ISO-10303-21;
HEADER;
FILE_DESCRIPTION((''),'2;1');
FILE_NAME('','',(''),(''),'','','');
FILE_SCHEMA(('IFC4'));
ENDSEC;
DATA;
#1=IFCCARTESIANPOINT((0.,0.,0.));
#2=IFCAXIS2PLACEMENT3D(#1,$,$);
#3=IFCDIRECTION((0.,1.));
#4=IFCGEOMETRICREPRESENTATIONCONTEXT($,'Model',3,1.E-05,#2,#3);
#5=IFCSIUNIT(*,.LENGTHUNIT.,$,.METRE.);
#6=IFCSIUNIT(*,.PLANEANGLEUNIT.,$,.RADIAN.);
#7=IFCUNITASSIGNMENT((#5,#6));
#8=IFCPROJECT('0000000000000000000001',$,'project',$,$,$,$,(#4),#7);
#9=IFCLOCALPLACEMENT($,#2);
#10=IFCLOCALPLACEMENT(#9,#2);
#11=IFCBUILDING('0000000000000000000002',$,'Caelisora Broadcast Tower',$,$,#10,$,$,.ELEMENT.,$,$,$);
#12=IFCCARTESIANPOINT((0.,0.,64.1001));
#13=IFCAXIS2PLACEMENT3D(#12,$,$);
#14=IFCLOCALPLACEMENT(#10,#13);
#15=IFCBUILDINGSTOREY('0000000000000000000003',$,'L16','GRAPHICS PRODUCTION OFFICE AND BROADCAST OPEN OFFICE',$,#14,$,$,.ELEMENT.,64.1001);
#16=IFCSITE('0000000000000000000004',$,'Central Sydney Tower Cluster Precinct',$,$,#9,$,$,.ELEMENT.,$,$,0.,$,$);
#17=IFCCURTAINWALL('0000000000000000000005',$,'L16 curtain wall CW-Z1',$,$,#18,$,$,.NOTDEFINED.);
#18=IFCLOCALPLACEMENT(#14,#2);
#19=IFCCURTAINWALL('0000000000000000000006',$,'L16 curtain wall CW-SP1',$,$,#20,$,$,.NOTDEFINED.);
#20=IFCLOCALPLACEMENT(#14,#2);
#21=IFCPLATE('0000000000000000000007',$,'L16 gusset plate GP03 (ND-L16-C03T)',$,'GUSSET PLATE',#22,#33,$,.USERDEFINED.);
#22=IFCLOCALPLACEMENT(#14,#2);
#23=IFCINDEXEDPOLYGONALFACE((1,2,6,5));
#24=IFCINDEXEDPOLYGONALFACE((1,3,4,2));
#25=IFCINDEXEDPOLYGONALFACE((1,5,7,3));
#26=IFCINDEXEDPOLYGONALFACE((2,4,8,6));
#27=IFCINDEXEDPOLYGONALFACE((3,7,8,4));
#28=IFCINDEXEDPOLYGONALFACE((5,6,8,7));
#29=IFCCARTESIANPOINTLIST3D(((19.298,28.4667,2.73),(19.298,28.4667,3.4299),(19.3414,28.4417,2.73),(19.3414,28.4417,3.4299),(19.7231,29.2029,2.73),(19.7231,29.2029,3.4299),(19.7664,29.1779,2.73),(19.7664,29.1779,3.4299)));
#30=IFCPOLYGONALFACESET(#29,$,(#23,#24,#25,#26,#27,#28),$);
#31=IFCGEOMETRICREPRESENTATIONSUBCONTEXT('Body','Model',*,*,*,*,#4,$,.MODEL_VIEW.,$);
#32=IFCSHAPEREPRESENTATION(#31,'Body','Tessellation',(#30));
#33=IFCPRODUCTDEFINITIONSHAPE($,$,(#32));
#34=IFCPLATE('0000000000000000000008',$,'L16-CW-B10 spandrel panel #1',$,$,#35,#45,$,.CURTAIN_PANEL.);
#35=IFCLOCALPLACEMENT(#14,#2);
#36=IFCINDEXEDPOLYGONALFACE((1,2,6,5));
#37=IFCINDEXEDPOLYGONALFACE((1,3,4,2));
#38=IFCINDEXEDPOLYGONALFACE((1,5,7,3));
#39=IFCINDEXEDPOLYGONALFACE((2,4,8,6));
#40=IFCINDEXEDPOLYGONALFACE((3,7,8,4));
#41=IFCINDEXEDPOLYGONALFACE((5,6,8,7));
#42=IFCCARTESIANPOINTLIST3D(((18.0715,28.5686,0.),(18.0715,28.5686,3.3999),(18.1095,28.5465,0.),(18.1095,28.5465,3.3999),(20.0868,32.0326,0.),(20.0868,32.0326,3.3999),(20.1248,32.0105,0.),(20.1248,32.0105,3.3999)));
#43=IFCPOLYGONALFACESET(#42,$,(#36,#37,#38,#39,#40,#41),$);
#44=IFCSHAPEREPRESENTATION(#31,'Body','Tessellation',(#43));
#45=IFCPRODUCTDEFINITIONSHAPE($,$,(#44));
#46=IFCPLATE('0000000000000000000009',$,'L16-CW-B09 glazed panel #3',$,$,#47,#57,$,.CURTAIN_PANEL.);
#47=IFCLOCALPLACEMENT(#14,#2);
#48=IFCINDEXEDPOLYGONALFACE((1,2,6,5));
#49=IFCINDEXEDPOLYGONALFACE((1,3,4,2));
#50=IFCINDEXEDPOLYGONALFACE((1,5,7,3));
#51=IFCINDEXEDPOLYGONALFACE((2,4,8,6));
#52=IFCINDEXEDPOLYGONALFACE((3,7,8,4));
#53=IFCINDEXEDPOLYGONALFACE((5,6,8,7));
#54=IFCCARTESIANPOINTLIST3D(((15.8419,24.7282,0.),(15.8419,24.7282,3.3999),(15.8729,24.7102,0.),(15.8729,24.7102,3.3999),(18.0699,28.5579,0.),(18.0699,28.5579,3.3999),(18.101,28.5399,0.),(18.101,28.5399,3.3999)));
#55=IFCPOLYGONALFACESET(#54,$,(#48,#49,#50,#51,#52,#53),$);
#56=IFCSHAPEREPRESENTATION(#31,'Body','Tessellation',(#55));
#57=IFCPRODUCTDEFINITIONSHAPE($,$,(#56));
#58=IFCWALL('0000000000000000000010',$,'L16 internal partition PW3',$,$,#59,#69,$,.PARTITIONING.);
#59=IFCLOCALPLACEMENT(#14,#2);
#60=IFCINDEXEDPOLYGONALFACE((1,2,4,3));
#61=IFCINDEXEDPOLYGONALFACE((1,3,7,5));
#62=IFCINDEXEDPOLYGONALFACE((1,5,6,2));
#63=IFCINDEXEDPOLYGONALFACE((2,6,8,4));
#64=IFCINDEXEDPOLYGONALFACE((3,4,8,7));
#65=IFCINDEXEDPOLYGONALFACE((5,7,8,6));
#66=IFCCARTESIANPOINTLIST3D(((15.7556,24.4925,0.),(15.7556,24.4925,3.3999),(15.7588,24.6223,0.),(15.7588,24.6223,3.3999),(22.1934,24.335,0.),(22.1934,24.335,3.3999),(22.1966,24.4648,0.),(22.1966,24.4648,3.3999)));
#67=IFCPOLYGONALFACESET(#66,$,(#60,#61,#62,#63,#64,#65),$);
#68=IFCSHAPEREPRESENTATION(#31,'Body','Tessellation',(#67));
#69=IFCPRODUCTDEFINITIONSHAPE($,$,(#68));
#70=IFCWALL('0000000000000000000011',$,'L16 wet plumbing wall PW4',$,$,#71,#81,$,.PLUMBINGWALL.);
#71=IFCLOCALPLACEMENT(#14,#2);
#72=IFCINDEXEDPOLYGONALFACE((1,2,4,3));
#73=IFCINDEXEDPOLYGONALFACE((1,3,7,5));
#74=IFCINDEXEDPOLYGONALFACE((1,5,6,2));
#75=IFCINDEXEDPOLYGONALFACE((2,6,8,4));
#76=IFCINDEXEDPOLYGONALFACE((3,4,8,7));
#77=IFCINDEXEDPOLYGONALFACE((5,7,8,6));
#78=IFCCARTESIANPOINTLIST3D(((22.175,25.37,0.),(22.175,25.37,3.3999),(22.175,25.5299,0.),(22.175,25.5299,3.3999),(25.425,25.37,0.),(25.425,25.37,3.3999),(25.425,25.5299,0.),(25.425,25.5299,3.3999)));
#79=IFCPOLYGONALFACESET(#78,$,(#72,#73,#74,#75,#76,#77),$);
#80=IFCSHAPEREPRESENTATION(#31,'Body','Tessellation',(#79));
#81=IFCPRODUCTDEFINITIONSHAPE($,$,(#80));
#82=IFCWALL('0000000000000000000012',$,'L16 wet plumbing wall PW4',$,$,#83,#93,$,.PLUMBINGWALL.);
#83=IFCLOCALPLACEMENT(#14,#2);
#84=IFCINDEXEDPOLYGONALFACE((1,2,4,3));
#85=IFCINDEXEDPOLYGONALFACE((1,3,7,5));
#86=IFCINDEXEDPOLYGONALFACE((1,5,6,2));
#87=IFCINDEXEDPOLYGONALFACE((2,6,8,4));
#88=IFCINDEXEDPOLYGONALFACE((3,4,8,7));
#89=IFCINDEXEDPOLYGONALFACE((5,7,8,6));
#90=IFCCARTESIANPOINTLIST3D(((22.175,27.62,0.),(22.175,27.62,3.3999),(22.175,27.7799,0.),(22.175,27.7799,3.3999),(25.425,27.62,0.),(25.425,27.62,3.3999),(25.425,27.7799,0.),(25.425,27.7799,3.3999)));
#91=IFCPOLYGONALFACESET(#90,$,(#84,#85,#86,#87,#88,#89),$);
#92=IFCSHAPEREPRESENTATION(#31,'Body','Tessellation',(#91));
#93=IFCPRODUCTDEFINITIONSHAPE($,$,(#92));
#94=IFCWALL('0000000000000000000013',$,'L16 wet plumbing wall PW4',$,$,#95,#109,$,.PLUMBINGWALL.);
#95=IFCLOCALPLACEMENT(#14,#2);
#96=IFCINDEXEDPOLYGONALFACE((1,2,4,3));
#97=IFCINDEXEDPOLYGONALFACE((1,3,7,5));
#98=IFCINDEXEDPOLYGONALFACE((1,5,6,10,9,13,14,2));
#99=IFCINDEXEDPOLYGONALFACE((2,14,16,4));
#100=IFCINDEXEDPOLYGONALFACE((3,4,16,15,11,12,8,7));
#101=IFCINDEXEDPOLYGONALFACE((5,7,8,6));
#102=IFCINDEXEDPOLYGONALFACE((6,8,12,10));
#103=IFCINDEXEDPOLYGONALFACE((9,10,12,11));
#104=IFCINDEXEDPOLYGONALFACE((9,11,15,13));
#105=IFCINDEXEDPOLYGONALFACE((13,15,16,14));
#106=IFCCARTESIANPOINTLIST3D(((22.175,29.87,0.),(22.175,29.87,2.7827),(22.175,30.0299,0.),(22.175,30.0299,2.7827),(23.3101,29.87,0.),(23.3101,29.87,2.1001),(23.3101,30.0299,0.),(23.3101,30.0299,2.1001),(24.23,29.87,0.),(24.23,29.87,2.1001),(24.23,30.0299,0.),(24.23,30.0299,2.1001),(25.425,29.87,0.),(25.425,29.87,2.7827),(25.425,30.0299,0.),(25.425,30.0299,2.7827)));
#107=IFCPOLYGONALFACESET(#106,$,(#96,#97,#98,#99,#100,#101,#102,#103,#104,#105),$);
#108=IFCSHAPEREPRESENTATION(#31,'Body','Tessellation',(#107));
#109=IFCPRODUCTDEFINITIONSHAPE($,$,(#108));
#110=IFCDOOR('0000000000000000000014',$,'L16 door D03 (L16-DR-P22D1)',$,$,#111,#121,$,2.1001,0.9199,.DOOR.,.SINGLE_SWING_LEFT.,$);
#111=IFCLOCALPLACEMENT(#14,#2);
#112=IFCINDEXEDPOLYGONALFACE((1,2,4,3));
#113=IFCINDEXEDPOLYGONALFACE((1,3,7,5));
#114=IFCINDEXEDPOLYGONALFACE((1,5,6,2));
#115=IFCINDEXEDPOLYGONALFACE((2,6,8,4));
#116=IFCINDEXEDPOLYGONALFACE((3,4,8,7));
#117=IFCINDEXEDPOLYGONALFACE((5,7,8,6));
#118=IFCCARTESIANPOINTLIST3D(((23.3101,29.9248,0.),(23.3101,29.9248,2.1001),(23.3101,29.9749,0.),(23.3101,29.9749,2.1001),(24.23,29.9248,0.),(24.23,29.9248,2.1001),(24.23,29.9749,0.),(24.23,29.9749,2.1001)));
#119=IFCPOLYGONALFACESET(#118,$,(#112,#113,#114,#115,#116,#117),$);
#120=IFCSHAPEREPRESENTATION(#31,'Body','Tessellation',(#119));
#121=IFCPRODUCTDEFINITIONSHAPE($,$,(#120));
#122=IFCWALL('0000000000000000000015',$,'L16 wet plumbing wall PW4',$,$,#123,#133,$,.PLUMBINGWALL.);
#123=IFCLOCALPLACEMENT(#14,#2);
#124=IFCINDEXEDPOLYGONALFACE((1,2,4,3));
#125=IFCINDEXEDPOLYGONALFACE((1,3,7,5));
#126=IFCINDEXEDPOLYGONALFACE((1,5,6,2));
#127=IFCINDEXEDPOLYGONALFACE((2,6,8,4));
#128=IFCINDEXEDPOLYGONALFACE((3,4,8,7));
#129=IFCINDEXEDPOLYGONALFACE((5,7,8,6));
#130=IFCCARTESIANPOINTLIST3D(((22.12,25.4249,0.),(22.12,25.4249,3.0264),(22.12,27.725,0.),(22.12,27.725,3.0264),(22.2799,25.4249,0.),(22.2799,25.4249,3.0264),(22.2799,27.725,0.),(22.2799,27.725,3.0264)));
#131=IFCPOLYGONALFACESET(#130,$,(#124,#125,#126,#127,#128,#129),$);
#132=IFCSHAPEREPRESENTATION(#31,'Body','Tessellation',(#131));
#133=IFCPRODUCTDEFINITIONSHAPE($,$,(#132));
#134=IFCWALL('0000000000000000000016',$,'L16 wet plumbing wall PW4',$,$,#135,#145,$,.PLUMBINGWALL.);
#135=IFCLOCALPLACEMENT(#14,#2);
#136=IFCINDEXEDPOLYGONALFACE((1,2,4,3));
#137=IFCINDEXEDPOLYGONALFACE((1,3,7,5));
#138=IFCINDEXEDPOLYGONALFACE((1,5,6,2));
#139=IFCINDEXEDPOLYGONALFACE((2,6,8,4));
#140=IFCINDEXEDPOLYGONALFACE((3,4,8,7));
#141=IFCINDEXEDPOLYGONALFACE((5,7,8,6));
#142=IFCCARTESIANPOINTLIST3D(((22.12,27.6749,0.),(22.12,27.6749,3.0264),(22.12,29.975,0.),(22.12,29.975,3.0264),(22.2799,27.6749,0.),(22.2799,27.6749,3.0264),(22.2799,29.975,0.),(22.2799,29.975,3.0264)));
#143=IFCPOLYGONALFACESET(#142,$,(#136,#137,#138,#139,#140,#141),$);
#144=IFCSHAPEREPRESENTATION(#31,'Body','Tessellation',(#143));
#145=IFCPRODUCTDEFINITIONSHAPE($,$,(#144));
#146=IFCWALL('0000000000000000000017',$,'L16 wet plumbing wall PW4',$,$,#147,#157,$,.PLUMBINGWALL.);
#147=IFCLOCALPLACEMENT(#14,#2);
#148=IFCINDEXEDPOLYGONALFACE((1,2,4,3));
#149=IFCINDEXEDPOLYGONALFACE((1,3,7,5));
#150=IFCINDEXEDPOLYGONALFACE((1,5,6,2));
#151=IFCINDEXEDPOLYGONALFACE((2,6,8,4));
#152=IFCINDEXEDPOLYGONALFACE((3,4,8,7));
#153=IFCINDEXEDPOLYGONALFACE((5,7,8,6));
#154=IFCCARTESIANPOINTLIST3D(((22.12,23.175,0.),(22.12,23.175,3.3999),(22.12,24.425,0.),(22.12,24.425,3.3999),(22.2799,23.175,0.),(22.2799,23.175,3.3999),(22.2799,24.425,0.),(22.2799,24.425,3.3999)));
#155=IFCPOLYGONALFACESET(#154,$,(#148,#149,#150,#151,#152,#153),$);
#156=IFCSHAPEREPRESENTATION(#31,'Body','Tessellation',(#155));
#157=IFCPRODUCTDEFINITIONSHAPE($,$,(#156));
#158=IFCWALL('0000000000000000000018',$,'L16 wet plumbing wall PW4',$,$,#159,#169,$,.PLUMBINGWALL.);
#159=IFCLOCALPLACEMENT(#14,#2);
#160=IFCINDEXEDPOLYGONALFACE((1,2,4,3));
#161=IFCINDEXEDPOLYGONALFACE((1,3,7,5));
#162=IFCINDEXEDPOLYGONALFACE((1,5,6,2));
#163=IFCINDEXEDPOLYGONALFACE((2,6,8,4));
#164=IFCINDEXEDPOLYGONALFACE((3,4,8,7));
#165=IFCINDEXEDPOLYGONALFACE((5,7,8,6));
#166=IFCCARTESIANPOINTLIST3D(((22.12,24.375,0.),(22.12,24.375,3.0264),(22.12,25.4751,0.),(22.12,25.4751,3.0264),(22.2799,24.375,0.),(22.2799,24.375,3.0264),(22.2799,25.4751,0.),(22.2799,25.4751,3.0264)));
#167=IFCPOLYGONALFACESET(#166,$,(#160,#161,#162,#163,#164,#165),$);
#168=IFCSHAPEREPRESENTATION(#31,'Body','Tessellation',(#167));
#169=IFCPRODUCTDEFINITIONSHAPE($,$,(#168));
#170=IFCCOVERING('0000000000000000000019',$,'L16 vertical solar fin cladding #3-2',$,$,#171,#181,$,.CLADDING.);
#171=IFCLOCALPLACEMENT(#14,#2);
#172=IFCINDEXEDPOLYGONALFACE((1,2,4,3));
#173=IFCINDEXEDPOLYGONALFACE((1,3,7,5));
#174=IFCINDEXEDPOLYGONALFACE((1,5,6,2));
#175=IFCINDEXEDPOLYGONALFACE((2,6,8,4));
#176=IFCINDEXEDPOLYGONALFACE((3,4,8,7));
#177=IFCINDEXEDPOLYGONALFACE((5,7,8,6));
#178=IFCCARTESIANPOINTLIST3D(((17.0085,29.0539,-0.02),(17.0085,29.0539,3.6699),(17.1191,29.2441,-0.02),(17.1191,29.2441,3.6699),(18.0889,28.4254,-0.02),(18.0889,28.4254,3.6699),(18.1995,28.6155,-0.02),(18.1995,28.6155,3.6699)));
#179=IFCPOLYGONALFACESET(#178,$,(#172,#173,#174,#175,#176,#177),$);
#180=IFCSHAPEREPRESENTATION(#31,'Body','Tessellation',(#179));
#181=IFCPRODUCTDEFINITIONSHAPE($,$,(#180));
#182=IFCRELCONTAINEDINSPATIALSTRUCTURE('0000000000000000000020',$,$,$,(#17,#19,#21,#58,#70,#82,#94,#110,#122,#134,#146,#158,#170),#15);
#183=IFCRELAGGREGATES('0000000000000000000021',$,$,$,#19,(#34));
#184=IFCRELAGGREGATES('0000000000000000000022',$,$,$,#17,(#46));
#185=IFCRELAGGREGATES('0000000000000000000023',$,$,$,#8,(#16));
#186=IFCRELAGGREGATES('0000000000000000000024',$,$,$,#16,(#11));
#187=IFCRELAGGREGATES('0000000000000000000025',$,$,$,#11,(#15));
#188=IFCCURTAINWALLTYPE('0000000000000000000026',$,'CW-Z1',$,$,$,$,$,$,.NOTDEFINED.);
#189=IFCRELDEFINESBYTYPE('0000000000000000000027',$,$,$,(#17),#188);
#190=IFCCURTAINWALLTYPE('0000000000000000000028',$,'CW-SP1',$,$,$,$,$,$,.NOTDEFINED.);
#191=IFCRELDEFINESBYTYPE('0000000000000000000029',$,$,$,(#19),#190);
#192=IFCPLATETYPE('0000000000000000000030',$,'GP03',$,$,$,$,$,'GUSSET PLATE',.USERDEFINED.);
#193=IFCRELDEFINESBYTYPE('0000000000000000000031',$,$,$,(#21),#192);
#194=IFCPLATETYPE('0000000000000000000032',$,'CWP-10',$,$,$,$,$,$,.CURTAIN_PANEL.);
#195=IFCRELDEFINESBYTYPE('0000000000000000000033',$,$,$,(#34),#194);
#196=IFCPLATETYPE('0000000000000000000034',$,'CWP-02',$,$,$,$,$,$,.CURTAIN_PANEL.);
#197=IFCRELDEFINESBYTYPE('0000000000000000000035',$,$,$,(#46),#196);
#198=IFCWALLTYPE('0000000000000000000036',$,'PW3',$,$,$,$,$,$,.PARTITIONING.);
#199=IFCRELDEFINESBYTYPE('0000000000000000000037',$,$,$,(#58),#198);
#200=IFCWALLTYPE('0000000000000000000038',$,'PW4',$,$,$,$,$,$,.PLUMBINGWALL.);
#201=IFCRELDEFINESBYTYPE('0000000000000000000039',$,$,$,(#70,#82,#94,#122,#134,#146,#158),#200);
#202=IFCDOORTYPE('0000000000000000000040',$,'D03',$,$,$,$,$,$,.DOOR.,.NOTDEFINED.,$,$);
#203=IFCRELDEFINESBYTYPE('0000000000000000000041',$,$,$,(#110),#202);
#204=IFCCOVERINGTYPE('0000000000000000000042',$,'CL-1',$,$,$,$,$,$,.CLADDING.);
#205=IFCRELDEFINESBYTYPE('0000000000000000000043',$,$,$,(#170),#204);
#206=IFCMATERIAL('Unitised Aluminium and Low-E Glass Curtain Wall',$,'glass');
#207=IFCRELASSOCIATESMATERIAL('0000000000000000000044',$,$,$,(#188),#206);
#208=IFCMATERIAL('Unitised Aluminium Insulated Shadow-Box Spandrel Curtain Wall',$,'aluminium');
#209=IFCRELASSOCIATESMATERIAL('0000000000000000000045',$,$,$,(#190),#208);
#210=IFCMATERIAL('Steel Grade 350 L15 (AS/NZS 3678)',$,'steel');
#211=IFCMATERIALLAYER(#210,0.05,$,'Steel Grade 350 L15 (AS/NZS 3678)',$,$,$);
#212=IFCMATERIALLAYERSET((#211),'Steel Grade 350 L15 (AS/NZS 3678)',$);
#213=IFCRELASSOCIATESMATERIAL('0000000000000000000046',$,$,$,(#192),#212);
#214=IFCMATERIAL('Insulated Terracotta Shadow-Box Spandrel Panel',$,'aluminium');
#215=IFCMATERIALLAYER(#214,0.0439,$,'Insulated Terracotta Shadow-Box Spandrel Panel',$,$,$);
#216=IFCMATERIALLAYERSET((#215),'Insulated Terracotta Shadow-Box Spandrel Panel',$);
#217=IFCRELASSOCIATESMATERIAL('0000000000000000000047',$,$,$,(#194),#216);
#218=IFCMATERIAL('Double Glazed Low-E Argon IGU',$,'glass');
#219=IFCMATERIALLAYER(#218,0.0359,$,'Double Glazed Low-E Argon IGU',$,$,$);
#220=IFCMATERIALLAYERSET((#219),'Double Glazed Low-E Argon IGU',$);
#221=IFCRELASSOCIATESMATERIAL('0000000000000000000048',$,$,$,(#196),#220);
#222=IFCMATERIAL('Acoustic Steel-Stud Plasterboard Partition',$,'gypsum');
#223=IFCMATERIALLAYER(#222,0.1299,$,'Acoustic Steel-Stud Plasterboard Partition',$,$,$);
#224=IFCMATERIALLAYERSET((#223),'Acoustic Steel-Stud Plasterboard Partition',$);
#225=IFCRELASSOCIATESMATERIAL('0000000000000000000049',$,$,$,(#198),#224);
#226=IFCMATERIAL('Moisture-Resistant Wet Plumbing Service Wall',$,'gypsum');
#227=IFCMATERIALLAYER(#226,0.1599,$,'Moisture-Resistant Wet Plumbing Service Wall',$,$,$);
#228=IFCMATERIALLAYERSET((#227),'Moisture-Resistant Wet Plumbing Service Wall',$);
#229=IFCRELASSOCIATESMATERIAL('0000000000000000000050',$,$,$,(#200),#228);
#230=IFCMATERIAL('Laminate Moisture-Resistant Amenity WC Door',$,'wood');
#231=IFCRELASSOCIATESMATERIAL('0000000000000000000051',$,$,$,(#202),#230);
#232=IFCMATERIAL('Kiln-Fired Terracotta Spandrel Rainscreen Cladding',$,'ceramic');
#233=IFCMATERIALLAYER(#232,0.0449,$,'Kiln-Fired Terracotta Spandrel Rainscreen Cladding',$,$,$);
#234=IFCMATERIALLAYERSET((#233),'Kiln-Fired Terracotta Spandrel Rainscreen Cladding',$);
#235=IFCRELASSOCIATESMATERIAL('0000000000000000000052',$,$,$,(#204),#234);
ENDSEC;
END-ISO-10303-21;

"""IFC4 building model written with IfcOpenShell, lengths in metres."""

from ifc_helpers import new_model, si_unit, direction, frame, frame_2d, origin, origin_2d, place, context, subcontext, project, spatial, rectangle, extrude, source, transform, mapped, material, layer, layer_set, type_object, type_shapes, element, fill, aggregate, save


model = new_model("IFC4")

# Units and contexts
model_context = context("Model", 3, precision=1e-05, world=origin(), true_north=direction((0.0, 1.0)))
body_context = subcontext(model_context, "Body", "Model", "MODEL_VIEW")
ifc_project = project(units=[si_unit("LENGTHUNIT", "METRE"), si_unit("PLANEANGLEUNIT", "RADIAN")], contexts=[model_context])

# Site, building, storey
site_placement = place(None, origin())
site = spatial("IfcSite", under=ifc_project, at=site_placement, Name="Central Sydney Tower Cluster Precinct", CompositionType="ELEMENT", RefElevation=0.0)
building_placement = place(site_placement, origin())
building = spatial("IfcBuilding", under=site, at=building_placement, Name="Caelisora Broadcast Tower", CompositionType="ELEMENT")
storey_placement = place(building_placement, frame((0.0, 0.0, 64.1001)))
storey = spatial("IfcBuildingStorey", under=building, at=storey_placement, Name="L16", Description="GRAPHICS PRODUCTION OFFICE AND BROADCAST OPEN OFFICE", CompositionType="ELEMENT", Elevation=64.1001)

# Shared definitions
ifc_material_1 = material(Name="Steel Grade 350 L15 (AS/NZS 3678)", Category="steel")

# Curtain walls
ifc_material_2 = material(Name="Unitised Aluminium and Low-E Glass Curtain Wall", Category="glass")
curtain_wall_type_1 = type_object("IfcCurtainWallType", Name="CW-Z1", PredefinedType="NOTDEFINED", material=ifc_material_2)
curtain_wall_1_placement = place(storey_placement, origin())
curtain_wall_1 = element("IfcCurtainWall", 1, at=curtain_wall_1_placement, inside=storey, type_object=curtain_wall_type_1, Name="L16 curtain wall CW-Z1", PredefinedType="NOTDEFINED")
ifc_material_3 = material(Name="Unitised Aluminium Insulated Shadow-Box Spandrel Curtain Wall", Category="aluminium")
curtain_wall_type_2 = type_object("IfcCurtainWallType", Name="CW-SP1", PredefinedType="NOTDEFINED", material=ifc_material_3)
curtain_wall_2_placement = place(storey_placement, origin())
curtain_wall_2 = element("IfcCurtainWall", 2, at=curtain_wall_2_placement, inside=storey, type_object=curtain_wall_type_2, Name="L16 curtain wall CW-SP1", PredefinedType="NOTDEFINED")

# Plates
ifc_layer_1 = layer(ifc_material_1, 0.05, Name="Steel Grade 350 L15 (AS/NZS 3678)")
ifc_layer_set_1 = layer_set([ifc_layer_1], Name="Steel Grade 350 L15 (AS/NZS 3678)")
plate_type_1 = type_object("IfcPlateType", Name="GP03", ElementType="GUSSET PLATE", PredefinedType="USERDEFINED", material=ifc_layer_set_1)
shared_shape_1 = source(origin(), body_context, "Body", "SweptSolid", [
    extrude(rectangle(XDim=0.8501, YDim=0.05, at=origin_2d()), origin(), (0.0, 0.0, 1.0), 0.7),
])
type_shapes(plate_type_1, [shared_shape_1])
plate_1_placement = place(storey_placement, frame((19.5322, 28.8223, 2.73), z_axis=(0.0, 0.0, 1.0), x_axis=(-0.5, -0.866025, 0.0)))
element("IfcPlate", 3, at=plate_1_placement, inside=storey, type_object=plate_type_1, Name="L16 gusset plate GP03 (ND-L16-C03T)", ObjectType="GUSSET PLATE", PredefinedType="USERDEFINED", context=body_context, shape_type="MappedRepresentation", body=[
    mapped(shared_shape_1, transform((0.0, 0.0, 0.0), scale=1.0)),
])
ifc_material_4 = material(Name="Insulated Terracotta Shadow-Box Spandrel Panel", Category="aluminium")
ifc_layer_2 = layer(ifc_material_4, 0.0439, Name="Insulated Terracotta Shadow-Box Spandrel Panel")
ifc_layer_set_2 = layer_set([ifc_layer_2], Name="Insulated Terracotta Shadow-Box Spandrel Panel")
plate_type_2 = type_object("IfcPlateType", Name="CWP-10", PredefinedType="CURTAIN_PANEL", material=ifc_layer_set_2)
shared_shape_2 = source(origin(), body_context, "Body", "SweptSolid", [
    extrude(rectangle(XDim=4.0076, YDim=0.0439, at=origin_2d()), origin(), (0.0, 0.0, 1.0), 3.3999),
])
type_shapes(plate_type_2, [shared_shape_2])
plate_2_placement = place(storey_placement, frame((19.0981, 30.2896, 0.0), z_axis=(0.0, 0.0, 1.0), x_axis=(0.502869, 0.864363, 0.0)))
plate_2 = element("IfcPlate", 4, at=plate_2_placement, type_object=plate_type_2, Name="L16-CW-B10 spandrel panel #1", PredefinedType="CURTAIN_PANEL", context=body_context, shape_type="MappedRepresentation", body=[
    mapped(shared_shape_2, transform((0.0, 0.0, 0.0), scale=1.0)),
])
aggregate(curtain_wall_2, [plate_2])
ifc_material_5 = material(Name="Double Glazed Low-E Argon IGU", Category="glass")
ifc_layer_3 = layer(ifc_material_5, 0.0359, Name="Double Glazed Low-E Argon IGU")
ifc_layer_set_3 = layer_set([ifc_layer_3], Name="Double Glazed Low-E Argon IGU")
plate_type_3 = type_object("IfcPlateType", Name="CWP-02", PredefinedType="CURTAIN_PANEL", material=ifc_layer_set_3)
shared_shape_3 = source(origin(), body_context, "Body", "SweptSolid", [
    extrude(rectangle(XDim=4.4307, YDim=0.0359, at=origin_2d()), origin(), (0.0, 0.0, 1.0), 3.3999),
])
type_shapes(plate_type_3, [shared_shape_3])
plate_3_placement = place(storey_placement, frame((16.9714, 26.634, 0.0), z_axis=(0.0, 0.0, 1.0), x_axis=(0.502869, 0.864363, 0.0)))
plate_3 = element("IfcPlate", 5, at=plate_3_placement, type_object=plate_type_3, Name="L16-CW-B09 glazed panel #3", PredefinedType="CURTAIN_PANEL", context=body_context, shape_type="MappedRepresentation", body=[
    mapped(shared_shape_3, transform((0.0, 0.0, 0.0), scale=1.0)),
])
aggregate(curtain_wall_1, [plate_3])

# Walls
ifc_material_6 = material(Name="Acoustic Steel-Stud Plasterboard Partition", Category="gypsum")
ifc_layer_4 = layer(ifc_material_6, 0.1299, Name="Acoustic Steel-Stud Plasterboard Partition")
ifc_layer_set_4 = layer_set([ifc_layer_4], Name="Acoustic Steel-Stud Plasterboard Partition")
wall_type_1 = type_object("IfcWallType", Name="PW3", PredefinedType="PARTITIONING", material=ifc_layer_set_4)
wall_1_placement = place(storey_placement, frame((15.7573, 24.5574, 0.0), z_axis=(0.0, 0.0, 1.0), x_axis=(0.999701, -0.024453, 0.0)))
element("IfcWall", 6, at=wall_1_placement, inside=storey, type_object=wall_type_1, Name="L16 internal partition PW3", PredefinedType="PARTITIONING", context=body_context, shape_type="SweptSolid", body=[
    extrude(rectangle(XDim=6.4397, YDim=0.1299, at=frame_2d((3.2197, 0.0))), origin(), (0.0, 0.0, 1.0), 3.3999),
])
ifc_material_7 = material(Name="Moisture-Resistant Wet Plumbing Service Wall", Category="gypsum")
ifc_layer_5 = layer(ifc_material_7, 0.1599, Name="Moisture-Resistant Wet Plumbing Service Wall")
ifc_layer_set_5 = layer_set([ifc_layer_5], Name="Moisture-Resistant Wet Plumbing Service Wall")
wall_type_2 = type_object("IfcWallType", Name="PW4", PredefinedType="PLUMBINGWALL", material=ifc_layer_set_5)
for number, where, z_axis, x_axis, name in (
    (7, (22.175, 25.45, 0.0), (0.0, 0.0, 1.0), (1.0, 0.0, 0.0), "L16 wet plumbing wall PW4"),
    (8, (22.175, 27.7, 0.0), (0.0, 0.0, 1.0), (1.0, 0.0, 0.0), "L16 wet plumbing wall PW4"),
):
    element("IfcWall", number, at=place(storey_placement, frame(where, z_axis=z_axis, x_axis=x_axis)), inside=storey, type_object=wall_type_2, Name=name, PredefinedType="PLUMBINGWALL", context=body_context, shape_type="SweptSolid", body=[
        extrude(rectangle(XDim=3.25, YDim=0.1599, at=frame_2d((1.625, 0.0))), origin(), (0.0, 0.0, 1.0), 3.3999),
    ])

# Wall, opening, door
wall_2_placement = place(storey_placement, frame((22.175, 29.95, 0.0), z_axis=(0.0, 0.0, 1.0), x_axis=(1.0, 0.0, 0.0)))
wall_2 = element("IfcWall", 9, at=wall_2_placement, inside=storey, type_object=wall_type_2, Name="L16 wet plumbing wall PW4", PredefinedType="PLUMBINGWALL", context=body_context, shape_type="SweptSolid", body=[
    extrude(rectangle(XDim=3.25, YDim=0.1599, at=frame_2d((1.625, 0.0))), origin(), (0.0, 0.0, 1.0), 2.7827),
])
opening_placement = place(wall_2_placement, frame((1.135, 0.0, 0.0)))
opening = element("IfcOpeningElement", 10, at=opening_placement, cuts=wall_2, PredefinedType="OPENING", context=body_context, shape_type="SweptSolid", body=[
    extrude(rectangle(XDim=0.9199, YDim=2.1001, at=frame_2d((0.46, 1.05))), frame((0.0, 0.092, 0.0), z_axis=(0.0, -1.0, 0.0), x_axis=(1.0, 0.0, 0.0)), (0.0, 0.0, 1.0), 0.1838),
])
ifc_material_8 = material(Name="Laminate Moisture-Resistant Amenity WC Door", Category="wood")
door_type = type_object("IfcDoorType", Name="D03", OperationType="NOTDEFINED", PredefinedType="DOOR", material=ifc_material_8)
door_placement = place(opening_placement, origin())
door = element("IfcDoor", 11, at=door_placement, inside=storey, type_object=door_type, Name="L16 door D03 (L16-DR-P22D1)", OperationType="SINGLE_SWING_LEFT", OverallHeight=2.1001, OverallWidth=0.9199, PredefinedType="DOOR", context=body_context, shape_type="SweptSolid", body=[
    extrude(rectangle(XDim=0.9199, YDim=2.1001, at=frame_2d((0.46, 1.05))), frame((0.0, 0.0249, 0.0), z_axis=(0.0, -1.0, 0.0), x_axis=(1.0, 0.0, 0.0)), (0.0, 0.0, 1.0), 0.05),
])
fill(opening, door)

# Walls
for number, where, z_axis, x_axis, name in (
    (12, (22.2, 25.425, 0.0), (0.0, 0.0, 1.0), (0.0, 1.0, 0.0), "L16 wet plumbing wall PW4"),
    (13, (22.2, 27.675, 0.0), (0.0, 0.0, 1.0), (0.0, 1.0, 0.0), "L16 wet plumbing wall PW4"),
):
    element("IfcWall", number, at=place(storey_placement, frame(where, z_axis=z_axis, x_axis=x_axis)), inside=storey, type_object=wall_type_2, Name=name, PredefinedType="PLUMBINGWALL", context=body_context, shape_type="SweptSolid", body=[
        extrude(rectangle(XDim=2.3, YDim=0.1599, at=frame_2d((1.1499, 0.0))), origin(), (0.0, 0.0, 1.0), 3.0264),
    ])
wall_3_placement = place(storey_placement, frame((22.2, 24.425, 0.0), z_axis=(0.0, 0.0, 1.0), x_axis=(0.0, -1.0, 0.0)))
element("IfcWall", 14, at=wall_3_placement, inside=storey, type_object=wall_type_2, Name="L16 wet plumbing wall PW4", PredefinedType="PLUMBINGWALL", context=body_context, shape_type="SweptSolid", body=[
    extrude(rectangle(XDim=1.25, YDim=0.1599, at=frame_2d((0.625, 0.0))), origin(), (0.0, 0.0, 1.0), 3.3999),
])
wall_4_placement = place(storey_placement, frame((22.2, 24.375, 0.0), z_axis=(0.0, 0.0, 1.0), x_axis=(0.0, 1.0, 0.0)))
element("IfcWall", 15, at=wall_4_placement, inside=storey, type_object=wall_type_2, Name="L16 wet plumbing wall PW4", PredefinedType="PLUMBINGWALL", context=body_context, shape_type="SweptSolid", body=[
    extrude(rectangle(XDim=1.1001, YDim=0.1599, at=frame_2d((0.55, 0.0))), origin(), (0.0, 0.0, 1.0), 3.0264),
])

# Covering
ifc_material_9 = material(Name="Kiln-Fired Terracotta Spandrel Rainscreen Cladding", Category="ceramic")
ifc_layer_6 = layer(ifc_material_9, 0.0449, Name="Kiln-Fired Terracotta Spandrel Rainscreen Cladding")
ifc_layer_set_6 = layer_set([ifc_layer_6], Name="Kiln-Fired Terracotta Spandrel Rainscreen Cladding")
covering_type = type_object("IfcCoveringType", Name="CL-1", PredefinedType="CLADDING", material=ifc_layer_set_6)
shared_shape_4 = source(origin(), body_context, "Body", "SweptSolid", [
    extrude(rectangle(XDim=0.22, YDim=1.25, at=origin_2d()), origin(), (0.0, 0.0, 1.0), 3.6899),
])
type_shapes(covering_type, [shared_shape_4])
covering_placement = place(storey_placement, frame((17.604, 28.8347, -0.02), z_axis=(0.0, 0.0, 1.0), x_axis=(0.502869, 0.864363, 0.0)))
element("IfcCovering", 16, at=covering_placement, inside=storey, type_object=covering_type, Name="L16 vertical solar fin cladding #3-2", PredefinedType="CLADDING", context=body_context, shape_type="MappedRepresentation", body=[
    mapped(shared_shape_4, transform((0.0, 0.0, 0.0), scale=1.0)),
])

save(model, "model.ifc")
